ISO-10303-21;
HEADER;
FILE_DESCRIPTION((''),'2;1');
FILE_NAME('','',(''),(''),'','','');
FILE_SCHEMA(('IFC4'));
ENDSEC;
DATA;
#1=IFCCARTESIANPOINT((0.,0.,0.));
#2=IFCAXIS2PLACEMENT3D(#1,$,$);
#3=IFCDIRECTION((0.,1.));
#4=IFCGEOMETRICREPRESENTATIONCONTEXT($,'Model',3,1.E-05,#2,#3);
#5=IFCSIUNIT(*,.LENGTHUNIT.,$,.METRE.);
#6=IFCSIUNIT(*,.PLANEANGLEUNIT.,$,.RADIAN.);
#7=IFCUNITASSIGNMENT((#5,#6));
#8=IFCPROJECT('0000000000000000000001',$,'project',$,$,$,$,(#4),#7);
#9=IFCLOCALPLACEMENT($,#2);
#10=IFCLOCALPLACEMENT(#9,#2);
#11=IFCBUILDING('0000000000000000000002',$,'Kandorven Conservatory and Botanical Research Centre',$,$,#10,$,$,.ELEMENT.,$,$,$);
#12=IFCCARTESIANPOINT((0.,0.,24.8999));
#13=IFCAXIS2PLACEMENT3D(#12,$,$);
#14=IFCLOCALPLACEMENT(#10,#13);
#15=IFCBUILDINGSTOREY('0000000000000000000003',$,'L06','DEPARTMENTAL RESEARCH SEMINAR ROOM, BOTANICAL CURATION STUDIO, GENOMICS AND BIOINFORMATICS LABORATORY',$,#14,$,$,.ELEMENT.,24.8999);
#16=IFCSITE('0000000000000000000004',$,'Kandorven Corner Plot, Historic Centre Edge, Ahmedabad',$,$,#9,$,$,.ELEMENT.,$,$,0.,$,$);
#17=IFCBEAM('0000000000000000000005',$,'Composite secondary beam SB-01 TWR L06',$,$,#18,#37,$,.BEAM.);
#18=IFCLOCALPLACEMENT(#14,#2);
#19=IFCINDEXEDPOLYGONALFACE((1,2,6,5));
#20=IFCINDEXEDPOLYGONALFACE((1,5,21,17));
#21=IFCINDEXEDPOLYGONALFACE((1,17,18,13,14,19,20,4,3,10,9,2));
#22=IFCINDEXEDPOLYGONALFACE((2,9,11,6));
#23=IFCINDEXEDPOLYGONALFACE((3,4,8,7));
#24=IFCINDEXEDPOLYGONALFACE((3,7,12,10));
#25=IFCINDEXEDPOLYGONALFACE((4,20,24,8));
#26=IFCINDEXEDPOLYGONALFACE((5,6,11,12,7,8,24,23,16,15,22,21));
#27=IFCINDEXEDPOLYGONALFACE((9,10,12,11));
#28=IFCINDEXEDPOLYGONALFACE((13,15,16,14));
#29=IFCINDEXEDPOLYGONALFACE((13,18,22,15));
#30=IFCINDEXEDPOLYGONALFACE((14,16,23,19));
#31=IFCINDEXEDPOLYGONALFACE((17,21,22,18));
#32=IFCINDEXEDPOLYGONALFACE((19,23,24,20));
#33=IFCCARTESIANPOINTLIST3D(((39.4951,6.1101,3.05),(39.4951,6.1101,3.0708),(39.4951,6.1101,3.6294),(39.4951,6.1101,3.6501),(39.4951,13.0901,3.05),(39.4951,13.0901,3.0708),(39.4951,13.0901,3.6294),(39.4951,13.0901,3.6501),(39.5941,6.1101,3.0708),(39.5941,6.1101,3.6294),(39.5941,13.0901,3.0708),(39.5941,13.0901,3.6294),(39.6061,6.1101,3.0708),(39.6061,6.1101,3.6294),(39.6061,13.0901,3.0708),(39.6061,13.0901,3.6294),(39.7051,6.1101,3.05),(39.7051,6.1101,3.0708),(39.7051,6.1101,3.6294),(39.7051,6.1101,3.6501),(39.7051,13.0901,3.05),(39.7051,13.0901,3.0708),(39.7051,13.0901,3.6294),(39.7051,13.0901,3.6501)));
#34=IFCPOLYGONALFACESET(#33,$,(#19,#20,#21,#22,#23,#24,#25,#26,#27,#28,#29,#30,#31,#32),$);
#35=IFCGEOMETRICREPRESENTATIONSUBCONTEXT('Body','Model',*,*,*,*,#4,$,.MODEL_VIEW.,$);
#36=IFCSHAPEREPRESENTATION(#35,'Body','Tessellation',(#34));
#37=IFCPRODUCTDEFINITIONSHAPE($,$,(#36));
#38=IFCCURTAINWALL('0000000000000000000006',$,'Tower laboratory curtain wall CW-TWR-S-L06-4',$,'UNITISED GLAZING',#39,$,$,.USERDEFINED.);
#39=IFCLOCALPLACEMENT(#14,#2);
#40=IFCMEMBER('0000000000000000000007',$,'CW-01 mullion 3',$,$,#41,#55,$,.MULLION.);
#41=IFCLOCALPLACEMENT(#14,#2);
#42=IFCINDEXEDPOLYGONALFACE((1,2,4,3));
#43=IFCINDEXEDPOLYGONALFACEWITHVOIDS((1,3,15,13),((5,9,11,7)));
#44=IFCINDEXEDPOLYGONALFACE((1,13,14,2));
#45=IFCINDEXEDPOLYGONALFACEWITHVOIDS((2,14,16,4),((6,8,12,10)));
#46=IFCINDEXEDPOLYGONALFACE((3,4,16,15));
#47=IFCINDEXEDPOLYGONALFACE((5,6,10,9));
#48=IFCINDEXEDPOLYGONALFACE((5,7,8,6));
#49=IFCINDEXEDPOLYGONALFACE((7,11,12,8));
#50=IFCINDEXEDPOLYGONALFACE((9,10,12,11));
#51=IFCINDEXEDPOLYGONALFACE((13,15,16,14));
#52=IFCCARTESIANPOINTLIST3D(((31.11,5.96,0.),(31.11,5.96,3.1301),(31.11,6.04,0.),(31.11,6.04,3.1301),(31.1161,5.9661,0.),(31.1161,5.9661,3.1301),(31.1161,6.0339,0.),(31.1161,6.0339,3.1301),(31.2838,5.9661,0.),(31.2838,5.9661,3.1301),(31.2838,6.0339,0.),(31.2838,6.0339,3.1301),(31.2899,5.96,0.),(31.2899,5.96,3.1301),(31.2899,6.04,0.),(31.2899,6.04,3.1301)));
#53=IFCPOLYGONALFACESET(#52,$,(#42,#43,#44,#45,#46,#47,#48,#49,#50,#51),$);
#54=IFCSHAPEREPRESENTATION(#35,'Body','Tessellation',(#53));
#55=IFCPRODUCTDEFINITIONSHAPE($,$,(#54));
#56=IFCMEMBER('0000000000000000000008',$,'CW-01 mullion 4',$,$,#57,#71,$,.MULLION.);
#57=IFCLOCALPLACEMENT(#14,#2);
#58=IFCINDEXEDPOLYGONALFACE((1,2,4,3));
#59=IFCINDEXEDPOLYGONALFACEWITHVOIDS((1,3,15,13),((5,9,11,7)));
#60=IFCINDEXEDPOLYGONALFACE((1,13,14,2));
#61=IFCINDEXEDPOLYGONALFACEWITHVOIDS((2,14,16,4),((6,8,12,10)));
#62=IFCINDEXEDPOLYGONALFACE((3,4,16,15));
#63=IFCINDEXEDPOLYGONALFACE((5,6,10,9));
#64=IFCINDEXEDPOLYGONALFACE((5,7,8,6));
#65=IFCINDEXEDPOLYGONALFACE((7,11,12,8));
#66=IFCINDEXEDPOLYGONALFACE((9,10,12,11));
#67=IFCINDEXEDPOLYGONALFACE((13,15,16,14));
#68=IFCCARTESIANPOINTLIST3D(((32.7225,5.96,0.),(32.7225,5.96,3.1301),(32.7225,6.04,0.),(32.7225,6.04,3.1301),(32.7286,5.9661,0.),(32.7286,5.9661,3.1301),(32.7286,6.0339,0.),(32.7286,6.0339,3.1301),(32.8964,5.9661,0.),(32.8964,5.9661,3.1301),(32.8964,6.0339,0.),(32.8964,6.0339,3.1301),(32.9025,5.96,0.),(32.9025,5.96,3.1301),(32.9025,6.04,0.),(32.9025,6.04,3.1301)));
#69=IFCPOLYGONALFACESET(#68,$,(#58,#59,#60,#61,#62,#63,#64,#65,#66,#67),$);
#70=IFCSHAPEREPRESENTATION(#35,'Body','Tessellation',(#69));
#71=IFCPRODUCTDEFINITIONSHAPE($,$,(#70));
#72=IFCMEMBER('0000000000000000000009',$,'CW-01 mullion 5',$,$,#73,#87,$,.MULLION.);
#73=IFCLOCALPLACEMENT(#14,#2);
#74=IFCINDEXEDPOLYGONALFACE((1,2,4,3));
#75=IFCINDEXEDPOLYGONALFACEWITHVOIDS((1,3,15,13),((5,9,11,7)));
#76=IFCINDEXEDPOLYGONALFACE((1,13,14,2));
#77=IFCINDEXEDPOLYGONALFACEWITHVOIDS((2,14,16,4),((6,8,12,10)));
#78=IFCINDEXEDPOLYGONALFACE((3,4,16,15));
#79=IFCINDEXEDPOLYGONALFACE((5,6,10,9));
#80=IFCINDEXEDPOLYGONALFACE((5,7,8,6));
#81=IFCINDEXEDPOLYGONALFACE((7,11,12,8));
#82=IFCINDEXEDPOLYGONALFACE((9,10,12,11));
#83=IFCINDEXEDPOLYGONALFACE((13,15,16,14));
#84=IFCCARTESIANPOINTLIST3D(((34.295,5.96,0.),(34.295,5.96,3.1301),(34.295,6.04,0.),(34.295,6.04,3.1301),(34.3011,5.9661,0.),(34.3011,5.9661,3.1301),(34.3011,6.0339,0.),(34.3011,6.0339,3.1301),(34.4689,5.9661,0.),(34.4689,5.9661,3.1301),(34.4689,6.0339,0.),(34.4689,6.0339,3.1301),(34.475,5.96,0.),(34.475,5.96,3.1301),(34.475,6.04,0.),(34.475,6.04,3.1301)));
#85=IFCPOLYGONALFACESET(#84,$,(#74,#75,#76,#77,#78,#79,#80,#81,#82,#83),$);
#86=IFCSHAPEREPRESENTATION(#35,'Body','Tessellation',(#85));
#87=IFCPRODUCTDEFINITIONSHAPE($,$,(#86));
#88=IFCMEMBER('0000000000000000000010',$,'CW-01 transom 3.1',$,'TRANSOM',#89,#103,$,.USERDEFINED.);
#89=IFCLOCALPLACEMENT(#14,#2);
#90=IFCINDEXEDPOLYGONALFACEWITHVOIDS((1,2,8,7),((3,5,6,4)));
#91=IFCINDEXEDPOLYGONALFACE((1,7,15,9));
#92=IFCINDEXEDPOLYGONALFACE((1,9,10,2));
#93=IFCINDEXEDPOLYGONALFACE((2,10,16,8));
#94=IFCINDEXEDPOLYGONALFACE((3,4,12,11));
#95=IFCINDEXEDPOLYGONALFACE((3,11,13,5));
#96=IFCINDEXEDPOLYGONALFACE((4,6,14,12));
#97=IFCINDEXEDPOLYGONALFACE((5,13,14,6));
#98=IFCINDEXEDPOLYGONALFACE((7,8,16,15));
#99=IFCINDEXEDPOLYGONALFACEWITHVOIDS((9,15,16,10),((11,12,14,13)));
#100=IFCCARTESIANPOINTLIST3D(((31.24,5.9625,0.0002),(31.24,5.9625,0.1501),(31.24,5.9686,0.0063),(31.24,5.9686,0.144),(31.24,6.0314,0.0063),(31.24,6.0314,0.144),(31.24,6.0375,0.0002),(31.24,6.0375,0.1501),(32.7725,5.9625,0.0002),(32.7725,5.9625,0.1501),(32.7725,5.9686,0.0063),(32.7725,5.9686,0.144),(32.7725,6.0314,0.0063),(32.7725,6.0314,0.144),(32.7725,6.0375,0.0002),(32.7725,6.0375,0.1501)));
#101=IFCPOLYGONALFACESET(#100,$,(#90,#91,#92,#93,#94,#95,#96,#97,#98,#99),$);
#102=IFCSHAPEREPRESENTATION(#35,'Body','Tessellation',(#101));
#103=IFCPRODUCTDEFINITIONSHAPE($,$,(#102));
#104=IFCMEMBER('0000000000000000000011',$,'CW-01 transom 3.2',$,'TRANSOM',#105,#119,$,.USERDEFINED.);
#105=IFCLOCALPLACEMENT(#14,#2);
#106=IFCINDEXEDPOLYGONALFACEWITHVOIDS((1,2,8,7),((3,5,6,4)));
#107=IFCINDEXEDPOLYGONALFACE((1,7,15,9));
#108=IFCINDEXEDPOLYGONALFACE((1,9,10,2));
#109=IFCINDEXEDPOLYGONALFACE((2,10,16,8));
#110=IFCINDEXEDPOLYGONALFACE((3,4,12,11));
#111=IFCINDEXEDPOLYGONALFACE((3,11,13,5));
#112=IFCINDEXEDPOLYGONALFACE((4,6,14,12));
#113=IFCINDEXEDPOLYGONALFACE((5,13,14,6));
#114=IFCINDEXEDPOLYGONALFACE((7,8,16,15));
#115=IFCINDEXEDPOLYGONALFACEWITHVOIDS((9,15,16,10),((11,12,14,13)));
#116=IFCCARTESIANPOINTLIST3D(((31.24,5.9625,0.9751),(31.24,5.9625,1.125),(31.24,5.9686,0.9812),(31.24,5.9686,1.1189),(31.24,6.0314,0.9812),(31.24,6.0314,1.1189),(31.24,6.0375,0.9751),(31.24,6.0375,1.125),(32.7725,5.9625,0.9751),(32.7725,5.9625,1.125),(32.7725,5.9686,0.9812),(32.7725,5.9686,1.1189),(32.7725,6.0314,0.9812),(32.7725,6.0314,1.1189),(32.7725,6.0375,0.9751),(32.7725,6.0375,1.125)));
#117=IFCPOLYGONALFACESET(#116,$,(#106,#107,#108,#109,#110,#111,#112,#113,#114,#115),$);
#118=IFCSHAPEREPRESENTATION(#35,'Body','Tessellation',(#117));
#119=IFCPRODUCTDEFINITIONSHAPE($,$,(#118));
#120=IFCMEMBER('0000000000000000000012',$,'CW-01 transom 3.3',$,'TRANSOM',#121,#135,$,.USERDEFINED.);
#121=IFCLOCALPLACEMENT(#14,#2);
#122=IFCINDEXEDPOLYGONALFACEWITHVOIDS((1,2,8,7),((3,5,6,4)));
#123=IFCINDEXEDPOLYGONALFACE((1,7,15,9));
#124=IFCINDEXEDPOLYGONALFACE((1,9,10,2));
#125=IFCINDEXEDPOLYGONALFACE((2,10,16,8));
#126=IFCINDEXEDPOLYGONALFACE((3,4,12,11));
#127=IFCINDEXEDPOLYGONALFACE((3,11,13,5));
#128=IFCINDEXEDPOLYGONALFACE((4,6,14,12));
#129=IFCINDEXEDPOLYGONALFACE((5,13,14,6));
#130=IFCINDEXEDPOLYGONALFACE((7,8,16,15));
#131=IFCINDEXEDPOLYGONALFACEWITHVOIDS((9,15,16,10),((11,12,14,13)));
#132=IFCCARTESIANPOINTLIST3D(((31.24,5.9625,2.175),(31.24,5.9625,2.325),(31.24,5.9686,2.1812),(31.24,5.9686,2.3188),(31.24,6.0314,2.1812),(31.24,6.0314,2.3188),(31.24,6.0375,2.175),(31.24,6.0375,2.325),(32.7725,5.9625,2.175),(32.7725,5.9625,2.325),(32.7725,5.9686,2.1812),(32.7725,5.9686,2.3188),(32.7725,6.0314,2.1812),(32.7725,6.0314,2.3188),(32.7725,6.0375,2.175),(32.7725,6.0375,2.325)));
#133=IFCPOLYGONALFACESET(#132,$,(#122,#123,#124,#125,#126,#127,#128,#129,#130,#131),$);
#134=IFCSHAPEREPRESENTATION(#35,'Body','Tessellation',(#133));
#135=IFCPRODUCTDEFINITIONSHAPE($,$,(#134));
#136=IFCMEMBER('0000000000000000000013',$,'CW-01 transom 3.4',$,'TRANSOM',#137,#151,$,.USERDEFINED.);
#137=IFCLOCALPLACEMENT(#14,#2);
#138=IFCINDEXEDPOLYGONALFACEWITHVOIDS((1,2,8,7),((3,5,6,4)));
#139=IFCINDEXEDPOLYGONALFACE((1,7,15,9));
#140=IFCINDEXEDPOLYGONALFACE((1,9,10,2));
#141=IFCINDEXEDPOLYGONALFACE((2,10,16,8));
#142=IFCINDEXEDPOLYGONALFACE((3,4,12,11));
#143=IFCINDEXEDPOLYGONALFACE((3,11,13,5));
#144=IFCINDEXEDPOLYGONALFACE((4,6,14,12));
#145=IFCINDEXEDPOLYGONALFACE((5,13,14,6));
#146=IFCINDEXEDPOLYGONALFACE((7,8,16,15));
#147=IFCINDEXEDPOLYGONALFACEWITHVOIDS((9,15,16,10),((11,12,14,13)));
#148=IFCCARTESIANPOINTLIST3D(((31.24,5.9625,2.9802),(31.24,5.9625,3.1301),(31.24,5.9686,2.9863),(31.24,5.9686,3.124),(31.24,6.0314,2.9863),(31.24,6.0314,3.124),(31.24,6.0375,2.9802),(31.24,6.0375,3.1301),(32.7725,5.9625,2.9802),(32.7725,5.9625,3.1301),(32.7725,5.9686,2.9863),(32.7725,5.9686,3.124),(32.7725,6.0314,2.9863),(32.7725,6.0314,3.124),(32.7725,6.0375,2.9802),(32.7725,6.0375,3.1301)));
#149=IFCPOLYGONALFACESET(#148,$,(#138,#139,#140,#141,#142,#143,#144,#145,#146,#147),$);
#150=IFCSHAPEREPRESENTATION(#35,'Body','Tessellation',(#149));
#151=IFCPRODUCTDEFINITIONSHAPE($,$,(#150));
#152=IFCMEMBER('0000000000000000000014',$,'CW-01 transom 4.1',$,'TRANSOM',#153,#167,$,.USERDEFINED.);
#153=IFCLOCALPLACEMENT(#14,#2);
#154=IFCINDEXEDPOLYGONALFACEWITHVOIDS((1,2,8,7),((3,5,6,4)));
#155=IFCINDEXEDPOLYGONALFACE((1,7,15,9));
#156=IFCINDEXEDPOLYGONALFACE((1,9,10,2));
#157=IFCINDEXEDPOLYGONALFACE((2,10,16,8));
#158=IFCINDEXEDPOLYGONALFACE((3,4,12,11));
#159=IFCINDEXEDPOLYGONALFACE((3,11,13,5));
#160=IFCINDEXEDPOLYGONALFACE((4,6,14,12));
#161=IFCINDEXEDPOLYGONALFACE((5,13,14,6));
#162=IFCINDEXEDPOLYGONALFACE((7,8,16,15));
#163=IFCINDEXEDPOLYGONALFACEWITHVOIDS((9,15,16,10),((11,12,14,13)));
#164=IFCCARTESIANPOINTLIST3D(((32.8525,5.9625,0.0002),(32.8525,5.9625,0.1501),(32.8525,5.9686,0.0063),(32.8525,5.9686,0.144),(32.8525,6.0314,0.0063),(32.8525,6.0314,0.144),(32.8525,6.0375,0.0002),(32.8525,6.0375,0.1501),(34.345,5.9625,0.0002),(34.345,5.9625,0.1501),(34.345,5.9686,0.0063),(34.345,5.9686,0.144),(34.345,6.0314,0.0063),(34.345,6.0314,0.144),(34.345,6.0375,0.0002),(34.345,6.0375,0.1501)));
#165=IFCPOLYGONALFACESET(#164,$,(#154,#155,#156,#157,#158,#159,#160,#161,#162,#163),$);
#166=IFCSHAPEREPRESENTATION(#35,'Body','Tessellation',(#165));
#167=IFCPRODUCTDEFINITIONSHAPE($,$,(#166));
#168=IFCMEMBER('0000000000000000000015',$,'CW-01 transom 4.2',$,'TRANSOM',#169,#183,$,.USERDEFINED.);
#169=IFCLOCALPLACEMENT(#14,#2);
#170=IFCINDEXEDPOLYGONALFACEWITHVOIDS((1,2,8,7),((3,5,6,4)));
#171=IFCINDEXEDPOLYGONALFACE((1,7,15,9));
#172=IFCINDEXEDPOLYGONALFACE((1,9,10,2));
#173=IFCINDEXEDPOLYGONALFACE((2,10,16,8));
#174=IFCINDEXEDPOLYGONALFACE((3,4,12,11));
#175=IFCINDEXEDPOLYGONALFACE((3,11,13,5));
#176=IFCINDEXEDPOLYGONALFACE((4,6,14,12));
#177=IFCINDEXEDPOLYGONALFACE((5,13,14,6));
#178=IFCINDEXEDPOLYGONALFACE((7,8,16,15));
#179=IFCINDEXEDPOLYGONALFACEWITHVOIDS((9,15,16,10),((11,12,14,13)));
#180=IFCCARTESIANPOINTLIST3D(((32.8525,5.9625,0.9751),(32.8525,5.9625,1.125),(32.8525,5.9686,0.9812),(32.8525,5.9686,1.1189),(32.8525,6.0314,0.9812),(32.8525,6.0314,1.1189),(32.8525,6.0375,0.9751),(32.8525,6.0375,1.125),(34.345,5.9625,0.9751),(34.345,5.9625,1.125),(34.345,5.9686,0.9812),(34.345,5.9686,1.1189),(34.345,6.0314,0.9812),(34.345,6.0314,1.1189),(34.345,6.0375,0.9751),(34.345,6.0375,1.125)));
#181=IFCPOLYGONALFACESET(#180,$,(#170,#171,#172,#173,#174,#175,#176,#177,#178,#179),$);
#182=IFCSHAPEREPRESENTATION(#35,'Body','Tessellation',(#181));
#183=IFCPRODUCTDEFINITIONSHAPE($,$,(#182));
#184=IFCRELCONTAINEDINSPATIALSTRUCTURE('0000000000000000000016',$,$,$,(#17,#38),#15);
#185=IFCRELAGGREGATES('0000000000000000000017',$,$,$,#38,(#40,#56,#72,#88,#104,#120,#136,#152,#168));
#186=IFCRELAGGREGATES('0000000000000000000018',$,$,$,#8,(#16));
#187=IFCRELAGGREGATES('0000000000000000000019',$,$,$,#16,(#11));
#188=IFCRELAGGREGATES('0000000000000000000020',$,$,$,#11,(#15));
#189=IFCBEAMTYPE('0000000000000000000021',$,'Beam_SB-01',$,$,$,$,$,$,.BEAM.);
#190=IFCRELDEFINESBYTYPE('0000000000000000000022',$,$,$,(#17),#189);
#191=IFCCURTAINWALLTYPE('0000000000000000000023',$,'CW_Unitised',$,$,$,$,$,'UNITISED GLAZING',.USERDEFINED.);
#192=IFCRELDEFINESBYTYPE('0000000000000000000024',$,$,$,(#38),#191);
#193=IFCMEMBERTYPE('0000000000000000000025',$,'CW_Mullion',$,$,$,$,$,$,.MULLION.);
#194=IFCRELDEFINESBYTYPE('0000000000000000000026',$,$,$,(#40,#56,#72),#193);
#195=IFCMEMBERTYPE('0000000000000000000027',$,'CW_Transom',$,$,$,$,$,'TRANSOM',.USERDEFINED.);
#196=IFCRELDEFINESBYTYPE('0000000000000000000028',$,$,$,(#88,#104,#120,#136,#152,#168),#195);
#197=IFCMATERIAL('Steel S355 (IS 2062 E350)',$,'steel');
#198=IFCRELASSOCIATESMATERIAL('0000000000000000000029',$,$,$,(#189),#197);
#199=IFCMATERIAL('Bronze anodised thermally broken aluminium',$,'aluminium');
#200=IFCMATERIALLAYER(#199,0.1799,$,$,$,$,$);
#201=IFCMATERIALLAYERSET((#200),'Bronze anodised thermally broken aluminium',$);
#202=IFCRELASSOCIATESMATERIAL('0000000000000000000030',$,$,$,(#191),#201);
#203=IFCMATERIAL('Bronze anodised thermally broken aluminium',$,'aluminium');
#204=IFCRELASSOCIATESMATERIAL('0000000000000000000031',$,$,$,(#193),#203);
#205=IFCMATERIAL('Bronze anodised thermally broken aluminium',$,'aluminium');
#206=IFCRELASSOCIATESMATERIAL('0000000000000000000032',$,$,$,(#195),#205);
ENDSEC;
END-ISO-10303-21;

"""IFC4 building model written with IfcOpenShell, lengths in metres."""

from ifc_helpers import new_model, si_unit, direction, frame, origin, origin_2d, place, context, subcontext, project, spatial, hollow_rectangle, i_section, extrude, material, layer, layer_set, material_profile, profile_set, type_object, element, aggregate, save


model = new_model("IFC4")

# Units and contexts
model_context = context("Model", 3, precision=1e-05, world=origin(), true_north=direction((0.0, 1.0)))
body_context = subcontext(model_context, "Body", "Model", "MODEL_VIEW")
ifc_project = project(units=[si_unit("LENGTHUNIT", "METRE"), si_unit("PLANEANGLEUNIT", "RADIAN")], contexts=[model_context])

# Site, building, storey
site_placement = place(None, origin())
site = spatial("IfcSite", under=ifc_project, at=site_placement, Name="Kandorven Corner Plot, Historic Centre Edge, Ahmedabad", CompositionType="ELEMENT", RefElevation=0.0)
building_placement = place(site_placement, origin())
building = spatial("IfcBuilding", under=site, at=building_placement, Name="Kandorven Conservatory and Botanical Research Centre", CompositionType="ELEMENT")
storey_placement = place(building_placement, frame((0.0, 0.0, 24.8999)))
storey = spatial("IfcBuildingStorey", under=building, at=storey_placement, Name="L06", Description="DEPARTMENTAL RESEARCH SEMINAR ROOM, BOTANICAL CURATION STUDIO, GENOMICS AND BIOINFORMATICS LABORATORY", CompositionType="ELEMENT", Elevation=24.8999)

# Beam
ifc_material_1 = material(Name="Steel S355 (IS 2062 E350)", Category="steel")
ifc_material_profile_1 = material_profile(ifc_material_1, i_section(OverallWidth=0.21, OverallDepth=0.6001, WebThickness=0.012, FlangeThickness=0.0208, at=origin_2d()))
ifc_profile_set_1 = profile_set([ifc_material_profile_1], Name="Steel S355 (IS 2062 E350)")
beam_type_1 = type_object("IfcBeamType", Name="Beam_SB-01", PredefinedType="BEAM", material=ifc_profile_set_1)
for number, where, z_axis, x_axis, name in (
    (1, (39.6001, 6.1101, 3.3501), (0.0, 1.0, 0.0), (-1.0, 0.0, 0.0), "Composite secondary beam SB-01 TWR L06"),
):
    element("IfcBeam", number, at=place(storey_placement, frame(where, z_axis=z_axis, x_axis=x_axis)), inside=storey, type_object=beam_type_1, Name=name, PredefinedType="BEAM", context=body_context, shape_type="SweptSolid", body=[
        extrude(i_section(OverallWidth=0.21, OverallDepth=0.6001, WebThickness=0.012, FlangeThickness=0.0208, at=origin_2d()), origin(), (0.0, 0.0, 1.0), 6.98),
    ])

# Curtain wall, members
ifc_material_2 = material(Name="Bronze anodised thermally broken aluminium", Category="aluminium")
ifc_layer_1 = layer(ifc_material_2, 0.1799)
ifc_layer_set_1 = layer_set([ifc_layer_1], Name="Bronze anodised thermally broken aluminium")
curtain_wall_type = type_object("IfcCurtainWallType", Name="CW_Unitised", ElementType="UNITISED GLAZING", PredefinedType="USERDEFINED", material=ifc_layer_set_1)
curtain_wall_placement = place(storey_placement, origin())
curtain_wall = element("IfcCurtainWall", 2, at=curtain_wall_placement, inside=storey, type_object=curtain_wall_type, Name="Tower laboratory curtain wall CW-TWR-S-L06-4", ObjectType="UNITISED GLAZING", PredefinedType="USERDEFINED")
ifc_material_3 = material(Name="Bronze anodised thermally broken aluminium", Category="aluminium")
ifc_material_profile_2 = material_profile(ifc_material_3, hollow_rectangle(XDim=0.0801, YDim=0.1799, WallThickness=0.0061, at=origin_2d()))
ifc_profile_set_2 = profile_set([ifc_material_profile_2], Name="Bronze anodised thermally broken aluminium")
member_type_1 = type_object("IfcMemberType", Name="CW_Mullion", PredefinedType="MULLION", material=ifc_profile_set_2)
member_1_placement = place(storey_placement, frame((31.2, 6.0, 0.0), z_axis=(0.0, 0.0, 1.0), x_axis=(0.0, 1.0, 0.0)))
member_1 = element("IfcMember", 3, at=member_1_placement, type_object=member_type_1, Name="CW-01 mullion 3", PredefinedType="MULLION", context=body_context, shape_type="SweptSolid", body=[
    extrude(hollow_rectangle(XDim=0.0801, YDim=0.1799, WallThickness=0.0061, at=origin_2d()), origin(), (0.0, 0.0, 1.0), 3.1301),
])
member_2_placement = place(storey_placement, frame((32.8125, 6.0, 0.0), z_axis=(0.0, 0.0, 1.0), x_axis=(0.0, 1.0, 0.0)))
member_2 = element("IfcMember", 4, at=member_2_placement, type_object=member_type_1, Name="CW-01 mullion 4", PredefinedType="MULLION", context=body_context, shape_type="SweptSolid", body=[
    extrude(hollow_rectangle(XDim=0.0801, YDim=0.1799, WallThickness=0.0061, at=origin_2d()), origin(), (0.0, 0.0, 1.0), 3.1301),
])
member_3_placement = place(storey_placement, frame((34.385, 6.0, 0.0), z_axis=(0.0, 0.0, 1.0), x_axis=(0.0, 1.0, 0.0)))
member_3 = element("IfcMember", 5, at=member_3_placement, type_object=member_type_1, Name="CW-01 mullion 5", PredefinedType="MULLION", context=body_context, shape_type="SweptSolid", body=[
    extrude(hollow_rectangle(XDim=0.0801, YDim=0.1799, WallThickness=0.0061, at=origin_2d()), origin(), (0.0, 0.0, 1.0), 3.1301),
])
ifc_material_4 = material(Name="Bronze anodised thermally broken aluminium", Category="aluminium")
ifc_material_profile_3 = material_profile(ifc_material_4, hollow_rectangle(XDim=0.075, YDim=0.1499, WallThickness=0.0061, at=origin_2d()))
ifc_profile_set_3 = profile_set([ifc_material_profile_3], Name="Bronze anodised thermally broken aluminium")
member_type_2 = type_object("IfcMemberType", Name="CW_Transom", ElementType="TRANSOM", PredefinedType="USERDEFINED", material=ifc_profile_set_3)
member_4_placement = place(storey_placement, frame((31.24, 6.0, 0.0752), z_axis=(1.0, 0.0, 0.0), x_axis=(0.0, 1.0, 0.0)))
member_4 = element("IfcMember", 6, at=member_4_placement, type_object=member_type_2, Name="CW-01 transom 3.1", ObjectType="TRANSOM", PredefinedType="USERDEFINED", context=body_context, shape_type="SweptSolid", body=[
    extrude(hollow_rectangle(XDim=0.075, YDim=0.1499, WallThickness=0.0061, at=origin_2d()), origin(), (0.0, 0.0, 1.0), 1.5325),
])
member_5_placement = place(storey_placement, frame((31.24, 6.0, 1.05), z_axis=(1.0, 0.0, 0.0), x_axis=(0.0, 1.0, 0.0)))
member_5 = element("IfcMember", 7, at=member_5_placement, type_object=member_type_2, Name="CW-01 transom 3.2", ObjectType="TRANSOM", PredefinedType="USERDEFINED", context=body_context, shape_type="SweptSolid", body=[
    extrude(hollow_rectangle(XDim=0.075, YDim=0.1499, WallThickness=0.0061, at=origin_2d()), origin(), (0.0, 0.0, 1.0), 1.5325),
])
member_6_placement = place(storey_placement, frame((31.24, 6.0, 2.25), z_axis=(1.0, 0.0, 0.0), x_axis=(0.0, 1.0, 0.0)))
member_6 = element("IfcMember", 8, at=member_6_placement, type_object=member_type_2, Name="CW-01 transom 3.3", ObjectType="TRANSOM", PredefinedType="USERDEFINED", context=body_context, shape_type="SweptSolid", body=[
    extrude(hollow_rectangle(XDim=0.075, YDim=0.1499, WallThickness=0.0061, at=origin_2d()), origin(), (0.0, 0.0, 1.0), 1.5325),
])
member_7_placement = place(storey_placement, frame((31.24, 6.0, 3.0552), z_axis=(1.0, 0.0, 0.0), x_axis=(0.0, 1.0, 0.0)))
member_7 = element("IfcMember", 9, at=member_7_placement, type_object=member_type_2, Name="CW-01 transom 3.4", ObjectType="TRANSOM", PredefinedType="USERDEFINED", context=body_context, shape_type="SweptSolid", body=[
    extrude(hollow_rectangle(XDim=0.075, YDim=0.1499, WallThickness=0.0061, at=origin_2d()), origin(), (0.0, 0.0, 1.0), 1.5325),
])
member_8_placement = place(storey_placement, frame((32.8525, 6.0, 0.0752), z_axis=(1.0, 0.0, 0.0), x_axis=(0.0, 1.0, 0.0)))
member_8 = element("IfcMember", 10, at=member_8_placement, type_object=member_type_2, Name="CW-01 transom 4.1", ObjectType="TRANSOM", PredefinedType="USERDEFINED", context=body_context, shape_type="SweptSolid", body=[
    extrude(hollow_rectangle(XDim=0.075, YDim=0.1499, WallThickness=0.0061, at=origin_2d()), origin(), (0.0, 0.0, 1.0), 1.4924),
])
member_9_placement = place(storey_placement, frame((32.8525, 6.0, 1.05), z_axis=(1.0, 0.0, 0.0), x_axis=(0.0, 1.0, 0.0)))
member_9 = element("IfcMember", 11, at=member_9_placement, type_object=member_type_2, Name="CW-01 transom 4.2", ObjectType="TRANSOM", PredefinedType="USERDEFINED", context=body_context, shape_type="SweptSolid", body=[
    extrude(hollow_rectangle(XDim=0.075, YDim=0.1499, WallThickness=0.0061, at=origin_2d()), origin(), (0.0, 0.0, 1.0), 1.4924),
])

aggregate(curtain_wall, [member_1, member_2, member_3, member_4, member_5, member_6, member_7, member_8, member_9])

save(model, "model.ifc")
